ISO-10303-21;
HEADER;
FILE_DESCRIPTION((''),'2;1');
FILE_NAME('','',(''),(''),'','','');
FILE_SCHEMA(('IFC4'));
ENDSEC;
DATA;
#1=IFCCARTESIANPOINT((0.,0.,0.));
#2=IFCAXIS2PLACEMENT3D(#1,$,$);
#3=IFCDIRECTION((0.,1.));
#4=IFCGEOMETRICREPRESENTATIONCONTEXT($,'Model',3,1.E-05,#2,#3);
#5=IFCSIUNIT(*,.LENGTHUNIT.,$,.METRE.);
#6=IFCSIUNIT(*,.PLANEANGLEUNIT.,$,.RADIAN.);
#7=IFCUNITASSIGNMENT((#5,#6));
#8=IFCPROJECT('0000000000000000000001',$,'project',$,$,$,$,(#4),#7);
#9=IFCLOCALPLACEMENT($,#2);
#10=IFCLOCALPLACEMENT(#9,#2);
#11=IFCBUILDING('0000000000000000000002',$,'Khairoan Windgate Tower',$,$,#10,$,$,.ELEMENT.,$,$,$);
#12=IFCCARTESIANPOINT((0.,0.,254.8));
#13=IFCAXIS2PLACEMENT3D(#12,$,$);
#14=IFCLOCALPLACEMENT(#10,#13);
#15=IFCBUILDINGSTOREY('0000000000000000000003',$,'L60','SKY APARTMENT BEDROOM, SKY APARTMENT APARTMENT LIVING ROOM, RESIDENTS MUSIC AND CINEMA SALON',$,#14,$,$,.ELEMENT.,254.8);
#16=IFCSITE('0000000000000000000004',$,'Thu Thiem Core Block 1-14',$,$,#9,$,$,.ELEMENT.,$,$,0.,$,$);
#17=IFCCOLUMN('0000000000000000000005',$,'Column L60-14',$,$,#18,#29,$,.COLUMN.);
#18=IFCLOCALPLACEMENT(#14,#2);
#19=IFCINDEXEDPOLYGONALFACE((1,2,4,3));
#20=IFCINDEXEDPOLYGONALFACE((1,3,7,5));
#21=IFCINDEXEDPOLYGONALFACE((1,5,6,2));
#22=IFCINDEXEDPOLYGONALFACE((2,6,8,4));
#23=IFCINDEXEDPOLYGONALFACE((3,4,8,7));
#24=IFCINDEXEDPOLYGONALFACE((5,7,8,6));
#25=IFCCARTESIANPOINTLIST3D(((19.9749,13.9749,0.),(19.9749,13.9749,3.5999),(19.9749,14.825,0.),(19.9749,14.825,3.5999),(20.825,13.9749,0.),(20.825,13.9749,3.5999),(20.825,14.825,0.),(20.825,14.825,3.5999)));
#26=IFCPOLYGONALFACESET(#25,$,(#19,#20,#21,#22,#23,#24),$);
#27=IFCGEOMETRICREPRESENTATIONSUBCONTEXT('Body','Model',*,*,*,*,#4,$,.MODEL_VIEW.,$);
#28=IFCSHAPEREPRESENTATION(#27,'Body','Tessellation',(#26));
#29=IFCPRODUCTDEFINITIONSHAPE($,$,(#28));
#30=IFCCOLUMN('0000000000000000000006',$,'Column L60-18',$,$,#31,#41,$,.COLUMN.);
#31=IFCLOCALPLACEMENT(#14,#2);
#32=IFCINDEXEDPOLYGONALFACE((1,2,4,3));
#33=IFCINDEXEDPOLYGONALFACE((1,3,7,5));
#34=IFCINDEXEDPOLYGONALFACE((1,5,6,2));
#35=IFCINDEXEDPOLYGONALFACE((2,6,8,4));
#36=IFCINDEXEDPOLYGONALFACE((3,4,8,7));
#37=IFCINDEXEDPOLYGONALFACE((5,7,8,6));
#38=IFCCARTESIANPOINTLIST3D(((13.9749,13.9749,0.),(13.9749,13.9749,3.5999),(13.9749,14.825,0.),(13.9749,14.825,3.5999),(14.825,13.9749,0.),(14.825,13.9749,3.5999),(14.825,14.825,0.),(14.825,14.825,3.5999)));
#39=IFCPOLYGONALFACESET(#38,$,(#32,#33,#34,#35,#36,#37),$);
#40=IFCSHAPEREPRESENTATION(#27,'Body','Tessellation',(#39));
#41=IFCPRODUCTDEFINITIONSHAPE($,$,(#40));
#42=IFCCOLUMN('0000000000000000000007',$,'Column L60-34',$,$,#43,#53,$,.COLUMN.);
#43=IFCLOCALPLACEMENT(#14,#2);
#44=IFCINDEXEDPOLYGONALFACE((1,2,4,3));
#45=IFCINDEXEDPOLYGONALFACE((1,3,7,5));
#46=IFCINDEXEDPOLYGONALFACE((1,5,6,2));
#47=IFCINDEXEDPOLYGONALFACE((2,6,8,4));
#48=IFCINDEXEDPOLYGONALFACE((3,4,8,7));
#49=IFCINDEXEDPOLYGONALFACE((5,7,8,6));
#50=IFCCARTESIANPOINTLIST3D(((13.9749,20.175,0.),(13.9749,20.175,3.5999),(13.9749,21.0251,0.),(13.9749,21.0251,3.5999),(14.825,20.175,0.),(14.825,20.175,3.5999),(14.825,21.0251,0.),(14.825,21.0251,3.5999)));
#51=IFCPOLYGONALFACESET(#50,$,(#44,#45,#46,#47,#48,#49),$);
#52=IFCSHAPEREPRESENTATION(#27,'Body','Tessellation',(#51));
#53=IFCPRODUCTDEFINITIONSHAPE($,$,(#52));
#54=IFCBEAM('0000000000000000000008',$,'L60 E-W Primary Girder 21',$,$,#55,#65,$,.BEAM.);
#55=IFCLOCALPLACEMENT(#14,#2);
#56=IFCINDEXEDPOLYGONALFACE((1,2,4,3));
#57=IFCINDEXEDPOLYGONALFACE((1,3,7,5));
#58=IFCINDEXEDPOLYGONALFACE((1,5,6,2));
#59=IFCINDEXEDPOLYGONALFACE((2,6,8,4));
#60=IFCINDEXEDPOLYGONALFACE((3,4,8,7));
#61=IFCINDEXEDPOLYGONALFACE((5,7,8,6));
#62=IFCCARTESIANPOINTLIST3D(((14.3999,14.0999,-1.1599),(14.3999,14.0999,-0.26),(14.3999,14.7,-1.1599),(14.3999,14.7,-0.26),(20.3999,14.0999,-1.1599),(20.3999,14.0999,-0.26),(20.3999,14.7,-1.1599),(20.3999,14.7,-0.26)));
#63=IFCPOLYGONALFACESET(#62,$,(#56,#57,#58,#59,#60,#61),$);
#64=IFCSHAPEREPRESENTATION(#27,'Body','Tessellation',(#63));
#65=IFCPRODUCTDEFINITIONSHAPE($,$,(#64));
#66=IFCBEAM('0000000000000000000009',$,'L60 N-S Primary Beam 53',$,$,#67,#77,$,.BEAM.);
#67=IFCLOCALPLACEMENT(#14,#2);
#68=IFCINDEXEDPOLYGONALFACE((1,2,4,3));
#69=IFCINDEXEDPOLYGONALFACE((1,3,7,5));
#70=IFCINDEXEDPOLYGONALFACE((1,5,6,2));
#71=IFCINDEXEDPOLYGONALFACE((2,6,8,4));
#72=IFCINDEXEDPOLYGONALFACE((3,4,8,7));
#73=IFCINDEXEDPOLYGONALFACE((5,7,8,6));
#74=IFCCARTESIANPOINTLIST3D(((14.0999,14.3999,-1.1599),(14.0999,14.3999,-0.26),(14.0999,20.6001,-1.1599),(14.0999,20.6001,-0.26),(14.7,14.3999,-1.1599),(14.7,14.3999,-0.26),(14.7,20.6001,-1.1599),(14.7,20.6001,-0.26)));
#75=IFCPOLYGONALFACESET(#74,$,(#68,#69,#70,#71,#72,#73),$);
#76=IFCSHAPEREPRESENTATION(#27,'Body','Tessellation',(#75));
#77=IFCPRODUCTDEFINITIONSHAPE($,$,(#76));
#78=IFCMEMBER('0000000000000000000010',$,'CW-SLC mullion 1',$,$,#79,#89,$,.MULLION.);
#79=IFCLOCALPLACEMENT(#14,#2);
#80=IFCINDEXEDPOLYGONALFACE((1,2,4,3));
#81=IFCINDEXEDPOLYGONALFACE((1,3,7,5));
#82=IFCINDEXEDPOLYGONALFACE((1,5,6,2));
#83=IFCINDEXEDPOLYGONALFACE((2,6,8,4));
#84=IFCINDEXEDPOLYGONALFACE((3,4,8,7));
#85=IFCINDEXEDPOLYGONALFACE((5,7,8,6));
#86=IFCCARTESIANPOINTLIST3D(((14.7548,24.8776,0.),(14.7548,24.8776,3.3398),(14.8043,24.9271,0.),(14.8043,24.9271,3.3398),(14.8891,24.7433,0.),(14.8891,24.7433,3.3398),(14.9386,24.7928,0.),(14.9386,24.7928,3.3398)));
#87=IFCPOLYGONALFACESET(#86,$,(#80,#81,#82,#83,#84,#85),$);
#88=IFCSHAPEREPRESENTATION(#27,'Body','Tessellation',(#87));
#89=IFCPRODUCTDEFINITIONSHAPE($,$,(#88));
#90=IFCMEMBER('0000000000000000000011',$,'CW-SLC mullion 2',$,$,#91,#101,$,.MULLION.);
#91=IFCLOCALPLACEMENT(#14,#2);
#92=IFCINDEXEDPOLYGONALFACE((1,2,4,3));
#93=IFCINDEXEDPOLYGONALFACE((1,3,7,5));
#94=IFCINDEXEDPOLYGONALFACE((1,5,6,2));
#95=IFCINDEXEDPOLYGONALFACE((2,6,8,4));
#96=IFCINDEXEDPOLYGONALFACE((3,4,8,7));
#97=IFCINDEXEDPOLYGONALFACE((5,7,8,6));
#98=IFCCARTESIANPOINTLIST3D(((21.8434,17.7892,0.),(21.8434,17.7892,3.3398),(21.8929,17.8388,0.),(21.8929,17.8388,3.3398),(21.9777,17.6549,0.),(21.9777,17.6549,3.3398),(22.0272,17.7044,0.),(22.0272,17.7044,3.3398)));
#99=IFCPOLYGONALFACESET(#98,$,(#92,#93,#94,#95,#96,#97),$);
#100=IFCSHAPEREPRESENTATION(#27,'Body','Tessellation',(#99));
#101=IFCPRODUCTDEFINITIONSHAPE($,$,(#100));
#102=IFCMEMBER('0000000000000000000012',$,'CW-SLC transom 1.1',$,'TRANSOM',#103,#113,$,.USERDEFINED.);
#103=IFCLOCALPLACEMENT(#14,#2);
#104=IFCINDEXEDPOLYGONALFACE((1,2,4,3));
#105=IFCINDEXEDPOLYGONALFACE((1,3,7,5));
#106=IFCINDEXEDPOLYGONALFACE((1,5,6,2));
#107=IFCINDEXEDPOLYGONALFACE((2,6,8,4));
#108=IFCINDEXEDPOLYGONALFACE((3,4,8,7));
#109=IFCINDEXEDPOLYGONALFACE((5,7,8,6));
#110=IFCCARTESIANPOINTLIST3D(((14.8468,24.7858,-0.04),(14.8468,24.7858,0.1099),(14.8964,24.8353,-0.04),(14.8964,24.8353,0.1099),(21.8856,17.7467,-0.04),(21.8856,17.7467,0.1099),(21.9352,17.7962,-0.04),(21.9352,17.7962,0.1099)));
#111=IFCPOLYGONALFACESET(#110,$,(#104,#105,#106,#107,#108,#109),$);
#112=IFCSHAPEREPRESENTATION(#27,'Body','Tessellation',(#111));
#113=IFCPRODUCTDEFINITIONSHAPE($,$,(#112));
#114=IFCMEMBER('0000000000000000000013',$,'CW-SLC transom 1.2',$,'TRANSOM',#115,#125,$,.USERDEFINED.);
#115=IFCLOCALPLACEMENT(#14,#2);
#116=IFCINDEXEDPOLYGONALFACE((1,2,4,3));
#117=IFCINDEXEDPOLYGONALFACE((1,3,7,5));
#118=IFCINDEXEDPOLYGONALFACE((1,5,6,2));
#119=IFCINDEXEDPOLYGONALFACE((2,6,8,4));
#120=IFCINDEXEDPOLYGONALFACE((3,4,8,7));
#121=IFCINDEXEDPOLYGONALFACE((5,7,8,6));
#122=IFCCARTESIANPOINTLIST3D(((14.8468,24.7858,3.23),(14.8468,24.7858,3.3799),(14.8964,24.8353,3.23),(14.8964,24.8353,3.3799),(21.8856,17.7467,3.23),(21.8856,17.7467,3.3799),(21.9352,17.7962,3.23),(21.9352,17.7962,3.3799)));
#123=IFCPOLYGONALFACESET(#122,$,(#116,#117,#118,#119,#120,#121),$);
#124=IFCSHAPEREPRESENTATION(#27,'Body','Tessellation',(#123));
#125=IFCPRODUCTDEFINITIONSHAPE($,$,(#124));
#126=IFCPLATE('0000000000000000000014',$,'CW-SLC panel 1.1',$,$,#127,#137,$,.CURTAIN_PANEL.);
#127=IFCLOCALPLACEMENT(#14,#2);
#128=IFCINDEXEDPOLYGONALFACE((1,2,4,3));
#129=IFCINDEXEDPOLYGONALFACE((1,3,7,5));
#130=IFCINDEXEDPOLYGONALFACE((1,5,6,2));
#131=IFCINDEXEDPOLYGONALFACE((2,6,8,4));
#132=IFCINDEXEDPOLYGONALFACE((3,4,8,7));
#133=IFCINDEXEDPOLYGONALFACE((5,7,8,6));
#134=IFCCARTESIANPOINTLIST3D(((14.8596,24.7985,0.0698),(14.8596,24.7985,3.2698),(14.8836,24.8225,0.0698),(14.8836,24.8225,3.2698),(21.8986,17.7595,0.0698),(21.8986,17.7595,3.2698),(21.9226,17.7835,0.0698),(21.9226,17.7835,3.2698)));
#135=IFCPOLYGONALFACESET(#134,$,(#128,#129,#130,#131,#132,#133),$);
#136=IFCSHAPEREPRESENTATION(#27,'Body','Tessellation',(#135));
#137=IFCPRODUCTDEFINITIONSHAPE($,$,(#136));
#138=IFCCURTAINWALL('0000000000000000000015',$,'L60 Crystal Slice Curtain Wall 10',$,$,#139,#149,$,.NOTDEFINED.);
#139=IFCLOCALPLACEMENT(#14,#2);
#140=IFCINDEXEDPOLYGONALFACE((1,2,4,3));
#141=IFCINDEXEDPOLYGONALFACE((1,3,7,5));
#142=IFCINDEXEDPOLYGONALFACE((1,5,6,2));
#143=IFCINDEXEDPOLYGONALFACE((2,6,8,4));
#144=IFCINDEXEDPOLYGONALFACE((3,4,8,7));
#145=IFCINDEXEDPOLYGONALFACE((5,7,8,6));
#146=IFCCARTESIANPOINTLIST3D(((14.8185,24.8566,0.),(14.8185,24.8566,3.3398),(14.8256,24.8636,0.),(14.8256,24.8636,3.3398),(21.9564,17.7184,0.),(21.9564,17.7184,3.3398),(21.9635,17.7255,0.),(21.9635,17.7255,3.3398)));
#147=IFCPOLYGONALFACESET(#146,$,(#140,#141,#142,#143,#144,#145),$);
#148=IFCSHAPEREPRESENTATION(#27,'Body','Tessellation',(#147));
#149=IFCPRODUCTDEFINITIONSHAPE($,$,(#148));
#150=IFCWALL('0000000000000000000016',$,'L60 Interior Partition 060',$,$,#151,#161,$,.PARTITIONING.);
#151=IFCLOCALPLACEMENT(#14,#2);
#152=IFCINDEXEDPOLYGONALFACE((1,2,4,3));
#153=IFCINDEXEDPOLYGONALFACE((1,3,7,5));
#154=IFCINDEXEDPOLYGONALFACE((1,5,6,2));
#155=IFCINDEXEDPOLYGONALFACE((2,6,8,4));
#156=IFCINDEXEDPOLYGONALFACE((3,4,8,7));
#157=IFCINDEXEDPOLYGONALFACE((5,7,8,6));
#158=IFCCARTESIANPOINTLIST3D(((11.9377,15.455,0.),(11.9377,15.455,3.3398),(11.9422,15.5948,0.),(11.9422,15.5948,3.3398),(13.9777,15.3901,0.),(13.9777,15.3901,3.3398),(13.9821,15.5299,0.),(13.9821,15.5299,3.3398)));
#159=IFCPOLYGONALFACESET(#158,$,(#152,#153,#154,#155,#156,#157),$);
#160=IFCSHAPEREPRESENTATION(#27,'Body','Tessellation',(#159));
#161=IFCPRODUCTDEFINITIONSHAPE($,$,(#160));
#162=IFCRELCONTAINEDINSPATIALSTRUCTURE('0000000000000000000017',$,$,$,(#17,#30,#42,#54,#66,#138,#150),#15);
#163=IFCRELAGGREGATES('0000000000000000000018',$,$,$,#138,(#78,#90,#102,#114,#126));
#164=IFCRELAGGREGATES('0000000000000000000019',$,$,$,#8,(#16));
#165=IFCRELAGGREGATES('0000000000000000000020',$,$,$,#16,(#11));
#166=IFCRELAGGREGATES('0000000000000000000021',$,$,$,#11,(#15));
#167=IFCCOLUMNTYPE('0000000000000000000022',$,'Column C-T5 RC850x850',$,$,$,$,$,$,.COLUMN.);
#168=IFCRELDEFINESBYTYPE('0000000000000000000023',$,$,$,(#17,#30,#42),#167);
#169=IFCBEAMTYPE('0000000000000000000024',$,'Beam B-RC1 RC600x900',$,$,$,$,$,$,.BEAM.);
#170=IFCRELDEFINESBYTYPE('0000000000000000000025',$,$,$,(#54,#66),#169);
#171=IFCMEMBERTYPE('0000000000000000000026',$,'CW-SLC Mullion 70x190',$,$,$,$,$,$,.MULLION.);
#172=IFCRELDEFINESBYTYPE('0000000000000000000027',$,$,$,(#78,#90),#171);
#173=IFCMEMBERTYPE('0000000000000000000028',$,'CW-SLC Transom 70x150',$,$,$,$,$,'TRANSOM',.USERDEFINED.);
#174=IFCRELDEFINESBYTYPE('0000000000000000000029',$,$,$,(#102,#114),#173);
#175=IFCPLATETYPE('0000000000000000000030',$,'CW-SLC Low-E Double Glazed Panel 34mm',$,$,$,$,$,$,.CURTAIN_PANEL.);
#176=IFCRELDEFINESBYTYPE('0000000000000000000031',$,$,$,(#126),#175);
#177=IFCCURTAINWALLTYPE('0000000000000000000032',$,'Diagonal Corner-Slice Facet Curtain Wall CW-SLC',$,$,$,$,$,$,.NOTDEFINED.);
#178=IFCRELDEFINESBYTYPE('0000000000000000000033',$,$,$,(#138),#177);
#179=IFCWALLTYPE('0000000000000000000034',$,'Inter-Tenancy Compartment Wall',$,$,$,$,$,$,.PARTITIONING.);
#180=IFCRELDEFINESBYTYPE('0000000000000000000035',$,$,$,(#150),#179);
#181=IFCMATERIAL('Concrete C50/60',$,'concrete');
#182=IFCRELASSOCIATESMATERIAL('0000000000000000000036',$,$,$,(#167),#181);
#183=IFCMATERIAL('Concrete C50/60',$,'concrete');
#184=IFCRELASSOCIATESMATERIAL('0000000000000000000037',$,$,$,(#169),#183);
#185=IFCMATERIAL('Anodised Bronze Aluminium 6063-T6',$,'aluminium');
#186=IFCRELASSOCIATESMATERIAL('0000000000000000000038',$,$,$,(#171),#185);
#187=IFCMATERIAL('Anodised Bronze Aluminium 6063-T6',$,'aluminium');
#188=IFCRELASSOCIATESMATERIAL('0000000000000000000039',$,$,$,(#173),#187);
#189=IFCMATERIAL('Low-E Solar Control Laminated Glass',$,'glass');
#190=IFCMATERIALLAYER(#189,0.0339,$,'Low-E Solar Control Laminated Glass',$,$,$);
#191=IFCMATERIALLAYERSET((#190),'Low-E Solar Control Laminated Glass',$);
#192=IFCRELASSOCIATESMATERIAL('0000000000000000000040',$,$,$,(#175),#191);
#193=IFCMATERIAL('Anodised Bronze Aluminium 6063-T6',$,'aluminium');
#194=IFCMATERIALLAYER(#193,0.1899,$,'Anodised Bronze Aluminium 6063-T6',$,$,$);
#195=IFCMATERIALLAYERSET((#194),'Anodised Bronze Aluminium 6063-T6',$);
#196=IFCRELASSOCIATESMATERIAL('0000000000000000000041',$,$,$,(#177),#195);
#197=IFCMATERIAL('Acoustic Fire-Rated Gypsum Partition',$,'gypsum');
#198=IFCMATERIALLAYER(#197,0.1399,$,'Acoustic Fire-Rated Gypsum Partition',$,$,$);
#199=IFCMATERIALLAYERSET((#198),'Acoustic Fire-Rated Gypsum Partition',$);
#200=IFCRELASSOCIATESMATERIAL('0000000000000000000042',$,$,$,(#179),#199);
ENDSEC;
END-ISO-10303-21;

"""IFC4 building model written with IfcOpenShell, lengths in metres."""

from ifc_helpers import new_model, si_unit, direction, frame, frame_2d, origin, origin_2d, place, context, subcontext, project, spatial, rectangle, extrude, material, layer, layer_set, material_profile, profile_set, type_object, element, aggregate, save


model = new_model("IFC4")

# Units and contexts
model_context = context("Model", 3, precision=1e-05, world=origin(), true_north=direction((0.0, 1.0)))
body_context = subcontext(model_context, "Body", "Model", "MODEL_VIEW")
ifc_project = project(units=[si_unit("LENGTHUNIT", "METRE"), si_unit("PLANEANGLEUNIT", "RADIAN")], contexts=[model_context])

# Site, building, storey
site_placement = place(None, origin())
site = spatial("IfcSite", under=ifc_project, at=site_placement, Name="Thu Thiem Core Block 1-14", CompositionType="ELEMENT", RefElevation=0.0)
building_placement = place(site_placement, origin())
building = spatial("IfcBuilding", under=site, at=building_placement, Name="Khairoan Windgate Tower", CompositionType="ELEMENT")
storey_placement = place(building_placement, frame((0.0, 0.0, 254.8)))
storey = spatial("IfcBuildingStorey", under=building, at=storey_placement, Name="L60", Description="SKY APARTMENT BEDROOM, SKY APARTMENT APARTMENT LIVING ROOM, RESIDENTS MUSIC AND CINEMA SALON", CompositionType="ELEMENT", Elevation=254.8)

# Columns
ifc_material_1 = material(Name="Concrete C50/60", Category="concrete")
ifc_material_profile_1 = material_profile(ifc_material_1, rectangle(XDim=0.8501, YDim=0.8501, at=origin_2d()))
ifc_profile_set_1 = profile_set([ifc_material_profile_1], Name="Concrete C50/60")
column_type = type_object("IfcColumnType", Name="Column C-T5 RC850x850", PredefinedType="COLUMN", material=ifc_profile_set_1)
for number, where, z_axis, x_axis, name in (
    (1, (20.3999, 14.3999, 0.0), (0.0, 0.0, 1.0), (1.0, 0.0, 0.0), "Column L60-14"),
    (2, (14.3999, 14.3999, 0.0), (0.0, 0.0, 1.0), (1.0, 0.0, 0.0), "Column L60-18"),
    (3, (14.3999, 20.6001, 0.0), (0.0, 0.0, 1.0), (1.0, 0.0, 0.0), "Column L60-34"),
):
    element("IfcColumn", number, at=place(storey_placement, frame(where, z_axis=z_axis, x_axis=x_axis)), inside=storey, type_object=column_type, Name=name, PredefinedType="COLUMN", context=body_context, shape_type="SweptSolid", body=[
        extrude(rectangle(XDim=0.8501, YDim=0.8501, at=origin_2d()), origin(), (0.0, 0.0, 1.0), 3.5999),
    ])

# Beams
ifc_material_2 = material(Name="Concrete C50/60", Category="concrete")
ifc_material_profile_2 = material_profile(ifc_material_2, rectangle(XDim=0.6001, YDim=0.8999, at=origin_2d()))
ifc_profile_set_2 = profile_set([ifc_material_profile_2], Name="Concrete C50/60")
beam_type = type_object("IfcBeamType", Name="Beam B-RC1 RC600x900", PredefinedType="BEAM", material=ifc_profile_set_2)
beam_1_placement = place(storey_placement, frame((14.3999, 14.3999, -0.71), z_axis=(1.0, 0.0, 0.0), x_axis=(0.0, 1.0, 0.0)))
element("IfcBeam", 4, at=beam_1_placement, inside=storey, type_object=beam_type, Name="L60 E-W Primary Girder 21", PredefinedType="BEAM", context=body_context, shape_type="SweptSolid", body=[
    extrude(rectangle(XDim=0.6001, YDim=0.8999, at=origin_2d()), origin(), (0.0, 0.0, 1.0), 6.0),
])
beam_2_placement = place(storey_placement, frame((14.3999, 14.3999, -0.71), z_axis=(0.0, 1.0, 0.0), x_axis=(-1.0, 0.0, 0.0)))
element("IfcBeam", 5, at=beam_2_placement, inside=storey, type_object=beam_type, Name="L60 N-S Primary Beam 53", PredefinedType="BEAM", context=body_context, shape_type="SweptSolid", body=[
    extrude(rectangle(XDim=0.6001, YDim=0.8999, at=origin_2d()), origin(), (0.0, 0.0, 1.0), 6.2002),
])

# Members
ifc_material_3 = material(Name="Anodised Bronze Aluminium 6063-T6", Category="aluminium")
ifc_material_profile_3 = material_profile(ifc_material_3, rectangle(XDim=0.0701, YDim=0.1899, at=origin_2d()))
ifc_profile_set_3 = profile_set([ifc_material_profile_3], Name="Anodised Bronze Aluminium 6063-T6")
member_type_1 = type_object("IfcMemberType", Name="CW-SLC Mullion 70x190", PredefinedType="MULLION", material=ifc_profile_set_3)
member_1_placement = place(storey_placement, frame((14.8467, 24.8352, 0.0), z_axis=(0.0, 0.0, 1.0), x_axis=(0.707107, 0.707107, 0.0)))
member_1 = element("IfcMember", 6, at=member_1_placement, type_object=member_type_1, Name="CW-SLC mullion 1", PredefinedType="MULLION", context=body_context, shape_type="SweptSolid", body=[
    extrude(rectangle(XDim=0.0701, YDim=0.1899, at=origin_2d()), origin(), (0.0, 0.0, 1.0), 3.3398),
])
member_2_placement = place(storey_placement, frame((21.9353, 17.7468, 0.0), z_axis=(0.0, 0.0, 1.0), x_axis=(0.707107, 0.707107, 0.0)))
member_2 = element("IfcMember", 7, at=member_2_placement, type_object=member_type_1, Name="CW-SLC mullion 2", PredefinedType="MULLION", context=body_context, shape_type="SweptSolid", body=[
    extrude(rectangle(XDim=0.0701, YDim=0.1899, at=origin_2d()), origin(), (0.0, 0.0, 1.0), 3.3398),
])
ifc_material_4 = material(Name="Anodised Bronze Aluminium 6063-T6", Category="aluminium")
ifc_material_profile_4 = material_profile(ifc_material_4, rectangle(XDim=0.0701, YDim=0.1499, at=origin_2d()))
ifc_profile_set_4 = profile_set([ifc_material_profile_4], Name="Anodised Bronze Aluminium 6063-T6")
member_type_2 = type_object("IfcMemberType", Name="CW-SLC Transom 70x150", ElementType="TRANSOM", PredefinedType="USERDEFINED", material=ifc_profile_set_4)
member_3_placement = place(storey_placement, frame((14.8716, 24.8105, 0.0349), z_axis=(0.707095, -0.707119, 0.0), x_axis=(0.707119, 0.707095, 0.0)))
member_3 = element("IfcMember", 8, at=member_3_placement, type_object=member_type_2, Name="CW-SLC transom 1.1", ObjectType="TRANSOM", PredefinedType="USERDEFINED", context=body_context, shape_type="SweptSolid", body=[
    extrude(rectangle(XDim=0.0701, YDim=0.1499, at=origin_2d()), origin(), (0.0, 0.0, 1.0), 9.9546),
])
member_4_placement = place(storey_placement, frame((14.8716, 24.8105, 3.3049), z_axis=(0.707095, -0.707119, 0.0), x_axis=(0.707119, 0.707095, 0.0)))
member_4 = element("IfcMember", 9, at=member_4_placement, type_object=member_type_2, Name="CW-SLC transom 1.2", ObjectType="TRANSOM", PredefinedType="USERDEFINED", context=body_context, shape_type="SweptSolid", body=[
    extrude(rectangle(XDim=0.0701, YDim=0.1499, at=origin_2d()), origin(), (0.0, 0.0, 1.0), 9.9546),
])

# Plate
ifc_material_5 = material(Name="Low-E Solar Control Laminated Glass", Category="glass")
ifc_layer_1 = layer(ifc_material_5, 0.0339, Name="Low-E Solar Control Laminated Glass")
ifc_layer_set_1 = layer_set([ifc_layer_1], Name="Low-E Solar Control Laminated Glass")
plate_type_1 = type_object("IfcPlateType", Name="CW-SLC Low-E Double Glazed Panel 34mm", PredefinedType="CURTAIN_PANEL", material=ifc_layer_set_1)
plate_1_placement = place(storey_placement, frame((18.3911, 21.291, 0.0698), z_axis=(0.0, 0.0, 1.0), x_axis=(0.707107, -0.707107, 0.0)))
plate_1 = element("IfcPlate", 10, at=plate_1_placement, type_object=plate_type_1, Name="CW-SLC panel 1.1", PredefinedType="CURTAIN_PANEL", context=body_context, shape_type="SweptSolid", body=[
    extrude(rectangle(XDim=9.9546, YDim=0.0339, at=origin_2d()), origin(), (0.0, 0.0, 1.0), 3.2),
])

# Curtain wall
ifc_material_6 = material(Name="Anodised Bronze Aluminium 6063-T6", Category="aluminium")
ifc_layer_2 = layer(ifc_material_6, 0.1899, Name="Anodised Bronze Aluminium 6063-T6")
ifc_layer_set_2 = layer_set([ifc_layer_2], Name="Anodised Bronze Aluminium 6063-T6")
curtain_wall_type_1 = type_object("IfcCurtainWallType", Name="Diagonal Corner-Slice Facet Curtain Wall CW-SLC", PredefinedType="NOTDEFINED", material=ifc_layer_set_2)
curtain_wall_1_placement = place(storey_placement, frame((14.822, 24.8601, 0.0), z_axis=(0.0, 0.0, 1.0), x_axis=(0.707095, -0.707119, 0.0)))
curtain_wall_1 = element("IfcCurtainWall", 11, at=curtain_wall_1_placement, inside=storey, type_object=curtain_wall_type_1, Name="L60 Crystal Slice Curtain Wall 10", PredefinedType="NOTDEFINED", context=body_context, shape_type="SweptSolid", body=[
    extrude(rectangle(XDim=10.0947, YDim=0.01, at=frame_2d((5.0474, 0.0))), origin(), (0.0, 0.0, 1.0), 3.3398),
])
aggregate(curtain_wall_1, [member_1, member_2, member_3, member_4, plate_1])

# Wall
ifc_material_7 = material(Name="Acoustic Fire-Rated Gypsum Partition", Category="gypsum")
ifc_layer_3 = layer(ifc_material_7, 0.1399, Name="Acoustic Fire-Rated Gypsum Partition")
ifc_layer_set_3 = layer_set([ifc_layer_3], Name="Acoustic Fire-Rated Gypsum Partition")
wall_type_1 = type_object("IfcWallType", Name="Inter-Tenancy Compartment Wall", PredefinedType="PARTITIONING", material=ifc_layer_set_3)
wall_1_placement = place(storey_placement, frame((11.9399, 15.5249, 0.0), z_axis=(0.0, 0.0, 1.0), x_axis=(0.999494, -0.031817, 0.0)))
element("IfcWall", 12, at=wall_1_placement, inside=storey, type_object=wall_type_1, Name="L60 Interior Partition 060", PredefinedType="PARTITIONING", context=body_context, shape_type="SweptSolid", body=[
    extrude(rectangle(XDim=2.041, YDim=0.1399, at=frame_2d((1.0205, 0.0))), origin(), (0.0, 0.0, 1.0), 3.3398),
])

save(model, "model.ifc")
